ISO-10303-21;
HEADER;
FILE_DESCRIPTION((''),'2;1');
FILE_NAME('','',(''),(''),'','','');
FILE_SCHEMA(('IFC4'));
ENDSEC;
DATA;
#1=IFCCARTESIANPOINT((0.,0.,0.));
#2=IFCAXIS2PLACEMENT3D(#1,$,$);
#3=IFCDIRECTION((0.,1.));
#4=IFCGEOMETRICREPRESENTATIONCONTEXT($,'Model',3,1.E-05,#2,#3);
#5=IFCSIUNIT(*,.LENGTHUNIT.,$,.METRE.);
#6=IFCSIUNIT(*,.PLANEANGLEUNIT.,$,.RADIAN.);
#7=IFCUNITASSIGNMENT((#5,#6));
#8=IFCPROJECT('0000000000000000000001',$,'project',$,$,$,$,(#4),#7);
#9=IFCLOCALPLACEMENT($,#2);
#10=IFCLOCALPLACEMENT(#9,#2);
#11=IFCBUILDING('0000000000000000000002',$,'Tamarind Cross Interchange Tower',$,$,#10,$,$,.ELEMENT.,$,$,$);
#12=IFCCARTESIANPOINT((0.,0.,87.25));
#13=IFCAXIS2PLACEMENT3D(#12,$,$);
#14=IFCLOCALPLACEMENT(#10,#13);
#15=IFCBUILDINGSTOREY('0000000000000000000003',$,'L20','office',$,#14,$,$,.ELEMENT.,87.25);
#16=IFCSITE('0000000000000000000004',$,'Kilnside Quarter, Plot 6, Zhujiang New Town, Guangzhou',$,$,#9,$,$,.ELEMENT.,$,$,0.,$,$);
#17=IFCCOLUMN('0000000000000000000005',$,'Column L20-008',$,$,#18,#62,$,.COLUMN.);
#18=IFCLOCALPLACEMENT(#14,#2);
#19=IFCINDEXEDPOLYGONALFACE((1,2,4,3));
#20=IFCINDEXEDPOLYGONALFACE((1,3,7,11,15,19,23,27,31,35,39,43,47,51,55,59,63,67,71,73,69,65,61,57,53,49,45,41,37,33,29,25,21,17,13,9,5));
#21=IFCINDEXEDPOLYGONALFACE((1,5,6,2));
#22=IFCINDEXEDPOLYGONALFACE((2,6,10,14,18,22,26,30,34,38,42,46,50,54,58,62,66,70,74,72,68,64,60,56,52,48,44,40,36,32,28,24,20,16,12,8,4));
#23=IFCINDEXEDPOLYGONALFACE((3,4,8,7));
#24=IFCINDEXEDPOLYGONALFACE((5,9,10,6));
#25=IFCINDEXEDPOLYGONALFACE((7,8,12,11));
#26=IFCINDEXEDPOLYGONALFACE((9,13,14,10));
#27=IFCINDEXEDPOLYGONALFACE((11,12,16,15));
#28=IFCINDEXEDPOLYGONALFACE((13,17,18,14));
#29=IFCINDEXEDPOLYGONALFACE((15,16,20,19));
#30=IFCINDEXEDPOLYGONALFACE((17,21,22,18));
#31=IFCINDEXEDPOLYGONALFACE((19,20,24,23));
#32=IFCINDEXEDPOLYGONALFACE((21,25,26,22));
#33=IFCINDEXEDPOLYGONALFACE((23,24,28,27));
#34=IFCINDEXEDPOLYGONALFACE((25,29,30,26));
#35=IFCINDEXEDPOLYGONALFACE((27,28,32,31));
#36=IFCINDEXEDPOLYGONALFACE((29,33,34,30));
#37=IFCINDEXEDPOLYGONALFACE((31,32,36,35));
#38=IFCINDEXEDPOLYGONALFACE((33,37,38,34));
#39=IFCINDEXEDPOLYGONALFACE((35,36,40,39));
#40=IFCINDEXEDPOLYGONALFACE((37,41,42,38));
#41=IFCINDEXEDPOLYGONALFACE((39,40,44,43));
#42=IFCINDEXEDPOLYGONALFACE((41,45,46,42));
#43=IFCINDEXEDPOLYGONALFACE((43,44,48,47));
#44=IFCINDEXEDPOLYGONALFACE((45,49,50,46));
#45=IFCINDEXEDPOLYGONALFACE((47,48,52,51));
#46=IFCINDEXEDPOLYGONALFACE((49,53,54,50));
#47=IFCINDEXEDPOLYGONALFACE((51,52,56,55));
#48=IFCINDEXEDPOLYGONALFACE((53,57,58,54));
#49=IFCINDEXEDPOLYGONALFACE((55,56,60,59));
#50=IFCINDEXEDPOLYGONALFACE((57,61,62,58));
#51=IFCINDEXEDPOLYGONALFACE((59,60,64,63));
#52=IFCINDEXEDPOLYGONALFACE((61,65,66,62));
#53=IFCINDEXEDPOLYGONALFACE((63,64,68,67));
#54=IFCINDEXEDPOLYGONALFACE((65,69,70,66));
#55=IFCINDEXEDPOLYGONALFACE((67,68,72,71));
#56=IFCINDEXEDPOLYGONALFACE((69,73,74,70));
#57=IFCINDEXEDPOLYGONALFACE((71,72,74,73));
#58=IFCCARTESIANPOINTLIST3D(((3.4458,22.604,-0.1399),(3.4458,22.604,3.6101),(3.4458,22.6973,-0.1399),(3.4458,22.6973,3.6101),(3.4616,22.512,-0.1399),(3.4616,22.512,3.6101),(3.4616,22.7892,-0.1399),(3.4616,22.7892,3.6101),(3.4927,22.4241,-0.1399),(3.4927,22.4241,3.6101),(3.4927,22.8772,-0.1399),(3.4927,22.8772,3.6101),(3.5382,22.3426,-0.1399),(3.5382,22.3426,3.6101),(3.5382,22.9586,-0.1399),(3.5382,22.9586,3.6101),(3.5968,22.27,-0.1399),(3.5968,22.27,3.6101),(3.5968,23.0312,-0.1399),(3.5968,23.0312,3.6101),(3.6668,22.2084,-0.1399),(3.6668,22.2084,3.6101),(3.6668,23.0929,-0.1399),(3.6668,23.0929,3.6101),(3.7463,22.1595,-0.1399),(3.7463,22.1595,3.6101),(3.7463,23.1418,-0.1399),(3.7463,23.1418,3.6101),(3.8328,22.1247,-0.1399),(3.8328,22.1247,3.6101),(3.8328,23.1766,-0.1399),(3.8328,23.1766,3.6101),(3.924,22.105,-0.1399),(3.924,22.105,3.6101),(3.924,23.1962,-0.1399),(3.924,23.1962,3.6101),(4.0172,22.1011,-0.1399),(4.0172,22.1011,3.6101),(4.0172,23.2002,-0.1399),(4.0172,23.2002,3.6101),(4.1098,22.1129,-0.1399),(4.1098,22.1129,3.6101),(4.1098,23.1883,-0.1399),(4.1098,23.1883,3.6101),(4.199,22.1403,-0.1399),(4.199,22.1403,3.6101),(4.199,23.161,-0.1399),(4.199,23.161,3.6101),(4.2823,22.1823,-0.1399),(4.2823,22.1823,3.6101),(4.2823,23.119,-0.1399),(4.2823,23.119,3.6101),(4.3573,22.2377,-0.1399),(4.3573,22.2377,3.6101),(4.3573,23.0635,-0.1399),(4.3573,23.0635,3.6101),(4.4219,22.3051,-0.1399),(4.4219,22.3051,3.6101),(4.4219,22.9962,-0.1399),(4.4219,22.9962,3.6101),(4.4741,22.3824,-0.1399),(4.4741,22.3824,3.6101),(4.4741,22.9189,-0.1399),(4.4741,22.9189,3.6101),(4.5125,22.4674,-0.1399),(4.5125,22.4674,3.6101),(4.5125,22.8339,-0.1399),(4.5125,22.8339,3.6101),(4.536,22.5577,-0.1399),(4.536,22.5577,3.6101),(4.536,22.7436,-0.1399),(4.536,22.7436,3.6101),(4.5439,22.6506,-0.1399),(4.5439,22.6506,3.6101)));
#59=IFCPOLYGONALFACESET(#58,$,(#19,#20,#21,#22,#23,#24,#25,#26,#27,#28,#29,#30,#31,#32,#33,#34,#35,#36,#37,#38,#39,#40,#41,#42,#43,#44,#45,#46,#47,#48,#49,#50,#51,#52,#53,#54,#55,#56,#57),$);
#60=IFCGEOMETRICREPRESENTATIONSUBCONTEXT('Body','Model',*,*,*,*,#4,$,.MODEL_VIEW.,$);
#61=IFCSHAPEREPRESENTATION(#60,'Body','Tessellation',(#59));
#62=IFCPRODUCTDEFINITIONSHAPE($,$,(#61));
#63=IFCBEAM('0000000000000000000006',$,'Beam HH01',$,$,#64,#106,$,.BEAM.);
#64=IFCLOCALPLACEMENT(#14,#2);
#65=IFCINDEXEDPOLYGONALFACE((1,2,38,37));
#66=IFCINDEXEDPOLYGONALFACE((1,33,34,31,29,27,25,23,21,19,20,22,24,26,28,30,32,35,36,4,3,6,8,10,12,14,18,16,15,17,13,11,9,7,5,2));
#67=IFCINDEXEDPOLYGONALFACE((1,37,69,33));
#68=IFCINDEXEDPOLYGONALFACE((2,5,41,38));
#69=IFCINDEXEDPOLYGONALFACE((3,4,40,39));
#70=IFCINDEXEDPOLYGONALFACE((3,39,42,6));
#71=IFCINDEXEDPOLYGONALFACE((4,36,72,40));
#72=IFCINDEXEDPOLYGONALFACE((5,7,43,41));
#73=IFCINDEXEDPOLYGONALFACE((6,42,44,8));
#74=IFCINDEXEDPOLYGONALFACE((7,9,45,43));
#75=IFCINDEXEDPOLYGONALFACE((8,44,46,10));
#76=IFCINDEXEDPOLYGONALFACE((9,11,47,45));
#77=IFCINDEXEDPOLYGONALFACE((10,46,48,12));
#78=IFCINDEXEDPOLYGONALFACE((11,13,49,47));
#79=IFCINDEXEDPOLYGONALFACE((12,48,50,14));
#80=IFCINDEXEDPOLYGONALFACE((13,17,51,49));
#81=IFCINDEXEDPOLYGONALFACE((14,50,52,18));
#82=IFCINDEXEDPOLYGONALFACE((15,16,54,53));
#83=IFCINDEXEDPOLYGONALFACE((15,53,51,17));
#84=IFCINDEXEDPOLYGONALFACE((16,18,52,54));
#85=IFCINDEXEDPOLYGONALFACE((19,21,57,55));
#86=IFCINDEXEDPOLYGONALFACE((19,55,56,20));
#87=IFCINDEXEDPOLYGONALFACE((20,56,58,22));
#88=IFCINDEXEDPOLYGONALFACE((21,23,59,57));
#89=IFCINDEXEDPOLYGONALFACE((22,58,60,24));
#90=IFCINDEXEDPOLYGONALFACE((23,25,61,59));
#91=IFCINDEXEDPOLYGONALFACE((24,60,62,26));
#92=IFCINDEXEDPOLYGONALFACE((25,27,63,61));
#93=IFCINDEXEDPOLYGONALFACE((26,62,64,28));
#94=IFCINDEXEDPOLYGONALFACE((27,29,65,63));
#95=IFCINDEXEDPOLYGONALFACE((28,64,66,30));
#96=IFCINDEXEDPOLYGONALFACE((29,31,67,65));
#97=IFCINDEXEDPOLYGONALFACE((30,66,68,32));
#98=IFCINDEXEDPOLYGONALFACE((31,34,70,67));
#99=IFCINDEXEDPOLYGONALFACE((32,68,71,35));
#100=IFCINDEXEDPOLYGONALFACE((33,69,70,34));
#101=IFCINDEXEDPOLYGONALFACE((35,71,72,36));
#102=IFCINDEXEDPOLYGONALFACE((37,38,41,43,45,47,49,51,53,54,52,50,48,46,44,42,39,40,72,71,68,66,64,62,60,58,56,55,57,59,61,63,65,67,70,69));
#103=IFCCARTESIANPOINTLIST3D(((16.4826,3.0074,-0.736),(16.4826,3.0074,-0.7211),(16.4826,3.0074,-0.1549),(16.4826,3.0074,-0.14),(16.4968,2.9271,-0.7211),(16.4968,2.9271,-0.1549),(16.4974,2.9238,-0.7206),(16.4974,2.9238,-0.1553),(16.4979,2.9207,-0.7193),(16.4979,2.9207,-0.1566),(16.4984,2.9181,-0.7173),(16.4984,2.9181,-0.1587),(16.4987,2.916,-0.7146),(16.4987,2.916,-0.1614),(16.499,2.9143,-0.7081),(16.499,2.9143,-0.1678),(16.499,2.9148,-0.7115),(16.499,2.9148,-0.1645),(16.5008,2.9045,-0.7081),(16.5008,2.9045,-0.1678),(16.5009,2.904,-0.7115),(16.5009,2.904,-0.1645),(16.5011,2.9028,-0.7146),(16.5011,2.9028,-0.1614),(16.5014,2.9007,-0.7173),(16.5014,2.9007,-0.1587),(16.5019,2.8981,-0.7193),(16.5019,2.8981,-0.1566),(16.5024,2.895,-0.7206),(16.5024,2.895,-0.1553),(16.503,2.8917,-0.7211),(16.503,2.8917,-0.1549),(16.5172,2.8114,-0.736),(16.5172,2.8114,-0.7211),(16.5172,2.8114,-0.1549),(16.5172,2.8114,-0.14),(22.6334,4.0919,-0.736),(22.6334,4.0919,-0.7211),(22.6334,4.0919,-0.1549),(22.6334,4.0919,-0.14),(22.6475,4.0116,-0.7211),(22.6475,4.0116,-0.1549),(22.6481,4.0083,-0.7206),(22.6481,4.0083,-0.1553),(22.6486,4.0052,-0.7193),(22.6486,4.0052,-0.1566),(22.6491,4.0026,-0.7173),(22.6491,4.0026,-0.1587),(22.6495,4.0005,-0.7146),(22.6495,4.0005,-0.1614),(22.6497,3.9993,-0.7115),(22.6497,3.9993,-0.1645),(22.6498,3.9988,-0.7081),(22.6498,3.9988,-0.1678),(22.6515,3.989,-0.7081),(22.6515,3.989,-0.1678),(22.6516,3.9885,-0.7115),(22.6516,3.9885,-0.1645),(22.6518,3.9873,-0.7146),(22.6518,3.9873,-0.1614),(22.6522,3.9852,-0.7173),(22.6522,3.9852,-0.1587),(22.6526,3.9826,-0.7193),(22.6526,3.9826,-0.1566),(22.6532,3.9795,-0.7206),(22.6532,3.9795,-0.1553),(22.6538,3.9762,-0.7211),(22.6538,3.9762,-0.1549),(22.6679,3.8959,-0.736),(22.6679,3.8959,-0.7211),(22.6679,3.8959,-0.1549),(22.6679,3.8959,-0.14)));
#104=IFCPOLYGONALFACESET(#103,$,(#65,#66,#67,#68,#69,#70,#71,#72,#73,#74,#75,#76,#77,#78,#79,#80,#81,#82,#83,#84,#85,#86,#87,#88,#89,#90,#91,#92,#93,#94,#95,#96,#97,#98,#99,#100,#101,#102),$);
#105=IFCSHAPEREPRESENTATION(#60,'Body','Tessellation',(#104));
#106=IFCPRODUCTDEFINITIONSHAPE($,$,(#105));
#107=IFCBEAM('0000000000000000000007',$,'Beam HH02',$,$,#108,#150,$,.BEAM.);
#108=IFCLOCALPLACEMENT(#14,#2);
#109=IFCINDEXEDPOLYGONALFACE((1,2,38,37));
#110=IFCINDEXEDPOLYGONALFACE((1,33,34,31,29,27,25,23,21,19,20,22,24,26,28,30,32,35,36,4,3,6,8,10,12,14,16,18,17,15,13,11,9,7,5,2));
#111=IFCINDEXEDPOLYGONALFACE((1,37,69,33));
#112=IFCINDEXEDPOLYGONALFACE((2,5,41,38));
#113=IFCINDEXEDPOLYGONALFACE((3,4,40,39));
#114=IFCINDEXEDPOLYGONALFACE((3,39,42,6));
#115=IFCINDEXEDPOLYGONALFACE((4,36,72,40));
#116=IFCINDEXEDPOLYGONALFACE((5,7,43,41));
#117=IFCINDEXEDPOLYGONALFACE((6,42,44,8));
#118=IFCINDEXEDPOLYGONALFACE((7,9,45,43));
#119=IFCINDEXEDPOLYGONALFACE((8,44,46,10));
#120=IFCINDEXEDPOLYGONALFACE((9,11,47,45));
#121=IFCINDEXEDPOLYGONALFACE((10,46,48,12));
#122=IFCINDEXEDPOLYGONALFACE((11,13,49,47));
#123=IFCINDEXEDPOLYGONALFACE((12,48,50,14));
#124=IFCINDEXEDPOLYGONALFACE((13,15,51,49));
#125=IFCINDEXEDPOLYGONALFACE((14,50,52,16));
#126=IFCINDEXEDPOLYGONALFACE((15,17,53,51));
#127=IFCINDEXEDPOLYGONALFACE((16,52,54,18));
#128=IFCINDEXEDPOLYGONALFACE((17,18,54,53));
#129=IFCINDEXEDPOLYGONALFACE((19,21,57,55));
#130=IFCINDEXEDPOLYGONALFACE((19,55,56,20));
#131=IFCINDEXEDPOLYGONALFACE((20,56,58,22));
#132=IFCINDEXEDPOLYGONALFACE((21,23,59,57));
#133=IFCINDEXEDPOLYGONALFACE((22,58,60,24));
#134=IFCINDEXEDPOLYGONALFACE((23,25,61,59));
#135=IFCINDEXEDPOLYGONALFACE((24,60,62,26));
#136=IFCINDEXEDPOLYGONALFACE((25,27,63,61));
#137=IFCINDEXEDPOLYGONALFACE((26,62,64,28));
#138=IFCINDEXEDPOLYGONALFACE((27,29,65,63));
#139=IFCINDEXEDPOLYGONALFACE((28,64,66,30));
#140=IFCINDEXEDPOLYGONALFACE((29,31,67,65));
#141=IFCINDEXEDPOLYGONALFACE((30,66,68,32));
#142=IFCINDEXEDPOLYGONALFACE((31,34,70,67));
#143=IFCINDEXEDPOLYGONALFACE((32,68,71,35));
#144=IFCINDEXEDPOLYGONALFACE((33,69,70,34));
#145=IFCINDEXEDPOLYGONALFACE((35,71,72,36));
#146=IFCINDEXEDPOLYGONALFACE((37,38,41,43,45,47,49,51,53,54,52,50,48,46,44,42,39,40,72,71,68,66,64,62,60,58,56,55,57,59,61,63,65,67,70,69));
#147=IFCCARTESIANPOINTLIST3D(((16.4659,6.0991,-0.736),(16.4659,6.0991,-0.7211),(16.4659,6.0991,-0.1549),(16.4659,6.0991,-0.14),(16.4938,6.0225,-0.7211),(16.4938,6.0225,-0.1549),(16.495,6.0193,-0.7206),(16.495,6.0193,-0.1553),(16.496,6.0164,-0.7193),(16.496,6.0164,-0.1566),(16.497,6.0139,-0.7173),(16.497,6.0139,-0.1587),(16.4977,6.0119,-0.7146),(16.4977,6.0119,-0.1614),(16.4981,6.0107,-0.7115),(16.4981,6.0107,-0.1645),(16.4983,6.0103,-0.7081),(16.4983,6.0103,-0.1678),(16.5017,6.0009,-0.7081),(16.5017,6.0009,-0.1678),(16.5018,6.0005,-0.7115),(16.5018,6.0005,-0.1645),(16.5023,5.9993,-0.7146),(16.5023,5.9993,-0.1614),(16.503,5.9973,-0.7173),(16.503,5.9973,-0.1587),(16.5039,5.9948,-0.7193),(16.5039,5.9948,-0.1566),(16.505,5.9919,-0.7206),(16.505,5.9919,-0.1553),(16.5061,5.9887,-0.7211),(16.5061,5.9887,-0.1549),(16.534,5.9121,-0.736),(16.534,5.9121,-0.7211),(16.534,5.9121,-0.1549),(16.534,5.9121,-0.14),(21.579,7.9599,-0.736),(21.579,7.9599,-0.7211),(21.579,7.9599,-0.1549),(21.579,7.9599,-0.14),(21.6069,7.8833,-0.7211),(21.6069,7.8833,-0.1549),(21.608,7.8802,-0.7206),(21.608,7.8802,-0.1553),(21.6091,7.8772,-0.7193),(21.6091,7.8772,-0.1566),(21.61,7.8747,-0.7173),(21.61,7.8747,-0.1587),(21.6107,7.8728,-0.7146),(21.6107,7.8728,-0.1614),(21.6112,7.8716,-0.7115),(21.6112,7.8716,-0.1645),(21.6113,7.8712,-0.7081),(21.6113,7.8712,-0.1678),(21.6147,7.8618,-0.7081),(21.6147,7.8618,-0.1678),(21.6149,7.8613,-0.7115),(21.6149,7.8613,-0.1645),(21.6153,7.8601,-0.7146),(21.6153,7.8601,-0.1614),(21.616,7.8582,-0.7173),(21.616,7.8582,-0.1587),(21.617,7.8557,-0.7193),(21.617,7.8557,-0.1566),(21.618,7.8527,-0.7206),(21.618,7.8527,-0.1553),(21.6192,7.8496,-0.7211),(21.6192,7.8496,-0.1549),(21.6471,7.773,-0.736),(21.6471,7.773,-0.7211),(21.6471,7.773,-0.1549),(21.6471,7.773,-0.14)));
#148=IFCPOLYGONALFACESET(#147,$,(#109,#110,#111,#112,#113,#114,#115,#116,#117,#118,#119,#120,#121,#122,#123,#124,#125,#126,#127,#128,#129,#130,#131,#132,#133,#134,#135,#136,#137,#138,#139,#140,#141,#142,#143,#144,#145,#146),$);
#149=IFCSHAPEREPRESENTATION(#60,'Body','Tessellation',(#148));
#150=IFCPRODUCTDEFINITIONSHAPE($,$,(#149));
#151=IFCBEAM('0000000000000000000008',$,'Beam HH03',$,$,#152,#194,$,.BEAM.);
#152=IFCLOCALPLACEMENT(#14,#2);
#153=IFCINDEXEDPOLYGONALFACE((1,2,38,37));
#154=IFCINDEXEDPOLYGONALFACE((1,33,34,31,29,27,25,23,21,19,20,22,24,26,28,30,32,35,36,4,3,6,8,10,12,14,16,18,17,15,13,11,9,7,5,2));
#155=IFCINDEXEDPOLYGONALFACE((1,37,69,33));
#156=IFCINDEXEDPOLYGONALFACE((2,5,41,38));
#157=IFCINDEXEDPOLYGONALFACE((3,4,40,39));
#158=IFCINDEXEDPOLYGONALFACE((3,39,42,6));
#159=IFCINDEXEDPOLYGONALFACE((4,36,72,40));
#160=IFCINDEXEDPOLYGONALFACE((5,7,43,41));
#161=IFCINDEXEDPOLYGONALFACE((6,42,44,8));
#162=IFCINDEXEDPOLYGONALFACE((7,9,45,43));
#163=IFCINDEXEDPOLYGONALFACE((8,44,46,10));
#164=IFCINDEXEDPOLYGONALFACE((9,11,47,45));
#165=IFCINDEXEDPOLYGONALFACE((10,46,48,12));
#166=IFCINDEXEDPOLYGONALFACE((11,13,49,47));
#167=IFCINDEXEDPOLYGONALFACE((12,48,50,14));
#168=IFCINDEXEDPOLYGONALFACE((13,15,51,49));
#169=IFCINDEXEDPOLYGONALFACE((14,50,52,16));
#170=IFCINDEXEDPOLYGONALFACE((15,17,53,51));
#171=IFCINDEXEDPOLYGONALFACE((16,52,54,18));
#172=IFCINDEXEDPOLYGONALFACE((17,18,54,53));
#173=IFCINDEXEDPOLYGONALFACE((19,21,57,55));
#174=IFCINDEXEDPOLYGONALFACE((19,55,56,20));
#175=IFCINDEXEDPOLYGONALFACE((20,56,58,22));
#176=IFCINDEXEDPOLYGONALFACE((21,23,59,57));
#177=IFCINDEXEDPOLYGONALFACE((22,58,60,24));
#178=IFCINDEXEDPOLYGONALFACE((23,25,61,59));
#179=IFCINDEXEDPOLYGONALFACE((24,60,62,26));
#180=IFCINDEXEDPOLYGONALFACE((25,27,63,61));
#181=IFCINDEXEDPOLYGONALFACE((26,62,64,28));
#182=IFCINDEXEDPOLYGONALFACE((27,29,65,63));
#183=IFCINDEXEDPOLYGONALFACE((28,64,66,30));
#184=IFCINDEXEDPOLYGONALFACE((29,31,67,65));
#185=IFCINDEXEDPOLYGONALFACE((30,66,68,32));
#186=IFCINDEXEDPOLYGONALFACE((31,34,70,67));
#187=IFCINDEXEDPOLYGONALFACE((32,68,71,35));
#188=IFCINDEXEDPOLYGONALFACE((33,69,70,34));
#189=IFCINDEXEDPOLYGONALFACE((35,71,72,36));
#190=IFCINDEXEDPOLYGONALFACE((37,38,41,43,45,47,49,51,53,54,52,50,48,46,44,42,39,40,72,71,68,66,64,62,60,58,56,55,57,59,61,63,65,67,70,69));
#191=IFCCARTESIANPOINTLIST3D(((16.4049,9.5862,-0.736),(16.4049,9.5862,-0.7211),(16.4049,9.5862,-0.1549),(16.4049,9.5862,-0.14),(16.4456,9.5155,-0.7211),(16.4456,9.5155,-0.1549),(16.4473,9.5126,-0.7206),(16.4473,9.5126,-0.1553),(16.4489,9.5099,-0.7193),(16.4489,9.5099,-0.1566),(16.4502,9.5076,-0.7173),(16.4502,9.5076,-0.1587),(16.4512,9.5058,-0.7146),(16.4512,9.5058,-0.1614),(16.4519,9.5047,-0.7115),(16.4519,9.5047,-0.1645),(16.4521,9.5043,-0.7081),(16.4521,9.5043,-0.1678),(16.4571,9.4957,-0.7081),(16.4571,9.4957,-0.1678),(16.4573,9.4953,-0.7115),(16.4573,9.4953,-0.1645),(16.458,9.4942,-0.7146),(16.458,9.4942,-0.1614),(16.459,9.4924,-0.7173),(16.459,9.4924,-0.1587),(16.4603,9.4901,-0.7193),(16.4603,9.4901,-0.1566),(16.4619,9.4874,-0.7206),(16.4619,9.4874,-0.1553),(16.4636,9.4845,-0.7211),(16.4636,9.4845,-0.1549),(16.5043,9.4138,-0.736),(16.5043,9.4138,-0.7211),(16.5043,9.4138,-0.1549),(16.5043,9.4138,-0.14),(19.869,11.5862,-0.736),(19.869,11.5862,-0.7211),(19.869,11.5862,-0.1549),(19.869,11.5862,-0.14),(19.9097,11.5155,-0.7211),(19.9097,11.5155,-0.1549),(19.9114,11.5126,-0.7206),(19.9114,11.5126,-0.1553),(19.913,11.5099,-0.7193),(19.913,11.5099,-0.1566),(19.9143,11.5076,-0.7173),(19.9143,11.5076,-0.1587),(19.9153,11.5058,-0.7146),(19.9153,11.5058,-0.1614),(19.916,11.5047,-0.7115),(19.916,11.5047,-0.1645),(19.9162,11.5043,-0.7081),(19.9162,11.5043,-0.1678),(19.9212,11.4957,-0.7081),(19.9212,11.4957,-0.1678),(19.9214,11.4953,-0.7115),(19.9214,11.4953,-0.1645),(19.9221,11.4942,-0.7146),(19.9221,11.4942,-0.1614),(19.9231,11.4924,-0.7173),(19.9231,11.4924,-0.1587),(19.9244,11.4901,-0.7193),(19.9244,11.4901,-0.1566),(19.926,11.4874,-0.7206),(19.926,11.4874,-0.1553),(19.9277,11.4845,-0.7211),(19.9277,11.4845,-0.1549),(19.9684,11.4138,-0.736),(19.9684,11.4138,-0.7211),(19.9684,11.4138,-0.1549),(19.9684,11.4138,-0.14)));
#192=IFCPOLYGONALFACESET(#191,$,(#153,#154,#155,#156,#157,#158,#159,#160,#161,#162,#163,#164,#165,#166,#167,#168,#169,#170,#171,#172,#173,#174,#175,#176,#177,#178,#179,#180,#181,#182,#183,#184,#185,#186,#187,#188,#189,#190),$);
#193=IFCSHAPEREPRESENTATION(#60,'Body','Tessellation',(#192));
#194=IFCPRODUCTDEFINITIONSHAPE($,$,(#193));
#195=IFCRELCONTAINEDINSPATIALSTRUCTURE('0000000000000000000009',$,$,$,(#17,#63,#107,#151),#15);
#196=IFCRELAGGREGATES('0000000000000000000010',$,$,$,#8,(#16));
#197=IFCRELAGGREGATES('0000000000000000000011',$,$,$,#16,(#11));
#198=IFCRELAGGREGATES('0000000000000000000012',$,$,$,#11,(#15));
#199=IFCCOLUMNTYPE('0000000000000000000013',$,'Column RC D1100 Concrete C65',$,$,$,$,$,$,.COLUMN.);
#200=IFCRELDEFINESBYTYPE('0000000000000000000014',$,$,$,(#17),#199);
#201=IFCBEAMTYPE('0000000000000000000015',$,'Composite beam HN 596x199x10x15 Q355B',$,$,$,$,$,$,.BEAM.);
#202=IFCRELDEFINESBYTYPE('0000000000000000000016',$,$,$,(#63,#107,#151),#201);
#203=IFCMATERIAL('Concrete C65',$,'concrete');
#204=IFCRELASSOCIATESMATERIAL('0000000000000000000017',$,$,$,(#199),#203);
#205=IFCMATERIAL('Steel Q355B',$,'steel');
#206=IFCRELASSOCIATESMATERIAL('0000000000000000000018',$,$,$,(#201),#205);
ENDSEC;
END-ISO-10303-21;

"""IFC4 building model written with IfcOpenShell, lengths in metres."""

from ifc_helpers import new_model, si_unit, direction, frame, origin, origin_2d, place, context, subcontext, project, spatial, circle, i_section, extrude, material, material_profile, profile_set, type_object, element, save


model = new_model("IFC4")

# Units and contexts
model_context = context("Model", 3, precision=1e-05, world=origin(), true_north=direction((0.0, 1.0)))
body_context = subcontext(model_context, "Body", "Model", "MODEL_VIEW")
ifc_project = project(units=[si_unit("LENGTHUNIT", "METRE"), si_unit("PLANEANGLEUNIT", "RADIAN")], contexts=[model_context])

# Site, building, storey
site_placement = place(None, origin())
site = spatial("IfcSite", under=ifc_project, at=site_placement, Name="Kilnside Quarter, Plot 6, Zhujiang New Town, Guangzhou", CompositionType="ELEMENT", RefElevation=0.0)
building_placement = place(site_placement, origin())
building = spatial("IfcBuilding", under=site, at=building_placement, Name="Tamarind Cross Interchange Tower", CompositionType="ELEMENT")
storey_placement = place(building_placement, frame((0.0, 0.0, 87.25)))
storey = spatial("IfcBuildingStorey", under=building, at=storey_placement, Name="L20", Description="office", CompositionType="ELEMENT", Elevation=87.25)

# Column
ifc_material_1 = material(Name="Concrete C65", Category="concrete")
ifc_material_profile_1 = material_profile(ifc_material_1, circle(Radius=0.55, at=origin_2d()), Name="RC D1100")
ifc_profile_set_1 = profile_set([ifc_material_profile_1], Name="Concrete C65")
column_type = type_object("IfcColumnType", Name="Column RC D1100 Concrete C65", PredefinedType="COLUMN", material=ifc_profile_set_1)
for number, where, z_axis, x_axis, name in (
    (1, (3.9939, 22.6506, -0.1399), (0.0, 0.0, 1.0), (1.0, 0.0, 0.0), "Column L20-008"),
):
    element("IfcColumn", number, at=place(storey_placement, frame(where, z_axis=z_axis, x_axis=x_axis)), inside=storey, type_object=column_type, Name=name, PredefinedType="COLUMN", context=body_context, shape_type="SweptSolid", body=[
        extrude(circle(Radius=0.55, at=origin_2d()), origin(), (0.0, 0.0, 1.0), 3.75),
    ])

# Beams
ifc_material_2 = material(Name="Steel Q355B", Category="steel")
ifc_material_profile_2 = material_profile(ifc_material_2, i_section(OverallWidth=0.199, OverallDepth=0.5959, WebThickness=0.01, FlangeThickness=0.0149, FilletRadius=0.0129, at=origin_2d()), Name="HN 596x199x10x15")
ifc_profile_set_2 = profile_set([ifc_material_profile_2], Name="Steel Q355B")
beam_type = type_object("IfcBeamType", Name="Composite beam HN 596x199x10x15 Q355B", PredefinedType="BEAM", material=ifc_profile_set_2)
beam_1_placement = place(storey_placement, frame((22.6506, 3.9939, -0.438), z_axis=(-0.984809, -0.17364, 0.0), x_axis=(0.17364, -0.984809, 0.0)))
element("IfcBeam", 2, at=beam_1_placement, inside=storey, type_object=beam_type, Name="Beam HH01", PredefinedType="BEAM", context=body_context, shape_type="SweptSolid", body=[
    extrude(i_section(OverallWidth=0.199, OverallDepth=0.5959, WebThickness=0.01, FlangeThickness=0.0149, FilletRadius=0.0129, at=origin_2d()), origin(), (0.0, 0.0, 1.0), 6.2456),
])
beam_2_placement = place(storey_placement, frame((21.613, 7.8665, -0.438), z_axis=(-0.939702, -0.341995, 0.0), x_axis=(0.341995, -0.939702, 0.0)))
element("IfcBeam", 3, at=beam_2_placement, inside=storey, type_object=beam_type, Name="Beam HH02", PredefinedType="BEAM", context=body_context, shape_type="SweptSolid", body=[
    extrude(i_section(OverallWidth=0.199, OverallDepth=0.5959, WebThickness=0.01, FlangeThickness=0.0149, FilletRadius=0.0129, at=origin_2d()), origin(), (0.0, 0.0, 1.0), 5.4412),
])
beam_3_placement = place(storey_placement, frame((19.9187, 11.5, -0.438), z_axis=(-0.866026, -0.499999, 0.0), x_axis=(0.499999, -0.866026, 0.0)))
element("IfcBeam", 4, at=beam_3_placement, inside=storey, type_object=beam_type, Name="Beam HH03", PredefinedType="BEAM", context=body_context, shape_type="SweptSolid", body=[
    extrude(i_section(OverallWidth=0.199, OverallDepth=0.5959, WebThickness=0.01, FlangeThickness=0.0149, FilletRadius=0.0129, at=origin_2d()), origin(), (0.0, 0.0, 1.0), 4.0),
])

save(model, "model.ifc")
